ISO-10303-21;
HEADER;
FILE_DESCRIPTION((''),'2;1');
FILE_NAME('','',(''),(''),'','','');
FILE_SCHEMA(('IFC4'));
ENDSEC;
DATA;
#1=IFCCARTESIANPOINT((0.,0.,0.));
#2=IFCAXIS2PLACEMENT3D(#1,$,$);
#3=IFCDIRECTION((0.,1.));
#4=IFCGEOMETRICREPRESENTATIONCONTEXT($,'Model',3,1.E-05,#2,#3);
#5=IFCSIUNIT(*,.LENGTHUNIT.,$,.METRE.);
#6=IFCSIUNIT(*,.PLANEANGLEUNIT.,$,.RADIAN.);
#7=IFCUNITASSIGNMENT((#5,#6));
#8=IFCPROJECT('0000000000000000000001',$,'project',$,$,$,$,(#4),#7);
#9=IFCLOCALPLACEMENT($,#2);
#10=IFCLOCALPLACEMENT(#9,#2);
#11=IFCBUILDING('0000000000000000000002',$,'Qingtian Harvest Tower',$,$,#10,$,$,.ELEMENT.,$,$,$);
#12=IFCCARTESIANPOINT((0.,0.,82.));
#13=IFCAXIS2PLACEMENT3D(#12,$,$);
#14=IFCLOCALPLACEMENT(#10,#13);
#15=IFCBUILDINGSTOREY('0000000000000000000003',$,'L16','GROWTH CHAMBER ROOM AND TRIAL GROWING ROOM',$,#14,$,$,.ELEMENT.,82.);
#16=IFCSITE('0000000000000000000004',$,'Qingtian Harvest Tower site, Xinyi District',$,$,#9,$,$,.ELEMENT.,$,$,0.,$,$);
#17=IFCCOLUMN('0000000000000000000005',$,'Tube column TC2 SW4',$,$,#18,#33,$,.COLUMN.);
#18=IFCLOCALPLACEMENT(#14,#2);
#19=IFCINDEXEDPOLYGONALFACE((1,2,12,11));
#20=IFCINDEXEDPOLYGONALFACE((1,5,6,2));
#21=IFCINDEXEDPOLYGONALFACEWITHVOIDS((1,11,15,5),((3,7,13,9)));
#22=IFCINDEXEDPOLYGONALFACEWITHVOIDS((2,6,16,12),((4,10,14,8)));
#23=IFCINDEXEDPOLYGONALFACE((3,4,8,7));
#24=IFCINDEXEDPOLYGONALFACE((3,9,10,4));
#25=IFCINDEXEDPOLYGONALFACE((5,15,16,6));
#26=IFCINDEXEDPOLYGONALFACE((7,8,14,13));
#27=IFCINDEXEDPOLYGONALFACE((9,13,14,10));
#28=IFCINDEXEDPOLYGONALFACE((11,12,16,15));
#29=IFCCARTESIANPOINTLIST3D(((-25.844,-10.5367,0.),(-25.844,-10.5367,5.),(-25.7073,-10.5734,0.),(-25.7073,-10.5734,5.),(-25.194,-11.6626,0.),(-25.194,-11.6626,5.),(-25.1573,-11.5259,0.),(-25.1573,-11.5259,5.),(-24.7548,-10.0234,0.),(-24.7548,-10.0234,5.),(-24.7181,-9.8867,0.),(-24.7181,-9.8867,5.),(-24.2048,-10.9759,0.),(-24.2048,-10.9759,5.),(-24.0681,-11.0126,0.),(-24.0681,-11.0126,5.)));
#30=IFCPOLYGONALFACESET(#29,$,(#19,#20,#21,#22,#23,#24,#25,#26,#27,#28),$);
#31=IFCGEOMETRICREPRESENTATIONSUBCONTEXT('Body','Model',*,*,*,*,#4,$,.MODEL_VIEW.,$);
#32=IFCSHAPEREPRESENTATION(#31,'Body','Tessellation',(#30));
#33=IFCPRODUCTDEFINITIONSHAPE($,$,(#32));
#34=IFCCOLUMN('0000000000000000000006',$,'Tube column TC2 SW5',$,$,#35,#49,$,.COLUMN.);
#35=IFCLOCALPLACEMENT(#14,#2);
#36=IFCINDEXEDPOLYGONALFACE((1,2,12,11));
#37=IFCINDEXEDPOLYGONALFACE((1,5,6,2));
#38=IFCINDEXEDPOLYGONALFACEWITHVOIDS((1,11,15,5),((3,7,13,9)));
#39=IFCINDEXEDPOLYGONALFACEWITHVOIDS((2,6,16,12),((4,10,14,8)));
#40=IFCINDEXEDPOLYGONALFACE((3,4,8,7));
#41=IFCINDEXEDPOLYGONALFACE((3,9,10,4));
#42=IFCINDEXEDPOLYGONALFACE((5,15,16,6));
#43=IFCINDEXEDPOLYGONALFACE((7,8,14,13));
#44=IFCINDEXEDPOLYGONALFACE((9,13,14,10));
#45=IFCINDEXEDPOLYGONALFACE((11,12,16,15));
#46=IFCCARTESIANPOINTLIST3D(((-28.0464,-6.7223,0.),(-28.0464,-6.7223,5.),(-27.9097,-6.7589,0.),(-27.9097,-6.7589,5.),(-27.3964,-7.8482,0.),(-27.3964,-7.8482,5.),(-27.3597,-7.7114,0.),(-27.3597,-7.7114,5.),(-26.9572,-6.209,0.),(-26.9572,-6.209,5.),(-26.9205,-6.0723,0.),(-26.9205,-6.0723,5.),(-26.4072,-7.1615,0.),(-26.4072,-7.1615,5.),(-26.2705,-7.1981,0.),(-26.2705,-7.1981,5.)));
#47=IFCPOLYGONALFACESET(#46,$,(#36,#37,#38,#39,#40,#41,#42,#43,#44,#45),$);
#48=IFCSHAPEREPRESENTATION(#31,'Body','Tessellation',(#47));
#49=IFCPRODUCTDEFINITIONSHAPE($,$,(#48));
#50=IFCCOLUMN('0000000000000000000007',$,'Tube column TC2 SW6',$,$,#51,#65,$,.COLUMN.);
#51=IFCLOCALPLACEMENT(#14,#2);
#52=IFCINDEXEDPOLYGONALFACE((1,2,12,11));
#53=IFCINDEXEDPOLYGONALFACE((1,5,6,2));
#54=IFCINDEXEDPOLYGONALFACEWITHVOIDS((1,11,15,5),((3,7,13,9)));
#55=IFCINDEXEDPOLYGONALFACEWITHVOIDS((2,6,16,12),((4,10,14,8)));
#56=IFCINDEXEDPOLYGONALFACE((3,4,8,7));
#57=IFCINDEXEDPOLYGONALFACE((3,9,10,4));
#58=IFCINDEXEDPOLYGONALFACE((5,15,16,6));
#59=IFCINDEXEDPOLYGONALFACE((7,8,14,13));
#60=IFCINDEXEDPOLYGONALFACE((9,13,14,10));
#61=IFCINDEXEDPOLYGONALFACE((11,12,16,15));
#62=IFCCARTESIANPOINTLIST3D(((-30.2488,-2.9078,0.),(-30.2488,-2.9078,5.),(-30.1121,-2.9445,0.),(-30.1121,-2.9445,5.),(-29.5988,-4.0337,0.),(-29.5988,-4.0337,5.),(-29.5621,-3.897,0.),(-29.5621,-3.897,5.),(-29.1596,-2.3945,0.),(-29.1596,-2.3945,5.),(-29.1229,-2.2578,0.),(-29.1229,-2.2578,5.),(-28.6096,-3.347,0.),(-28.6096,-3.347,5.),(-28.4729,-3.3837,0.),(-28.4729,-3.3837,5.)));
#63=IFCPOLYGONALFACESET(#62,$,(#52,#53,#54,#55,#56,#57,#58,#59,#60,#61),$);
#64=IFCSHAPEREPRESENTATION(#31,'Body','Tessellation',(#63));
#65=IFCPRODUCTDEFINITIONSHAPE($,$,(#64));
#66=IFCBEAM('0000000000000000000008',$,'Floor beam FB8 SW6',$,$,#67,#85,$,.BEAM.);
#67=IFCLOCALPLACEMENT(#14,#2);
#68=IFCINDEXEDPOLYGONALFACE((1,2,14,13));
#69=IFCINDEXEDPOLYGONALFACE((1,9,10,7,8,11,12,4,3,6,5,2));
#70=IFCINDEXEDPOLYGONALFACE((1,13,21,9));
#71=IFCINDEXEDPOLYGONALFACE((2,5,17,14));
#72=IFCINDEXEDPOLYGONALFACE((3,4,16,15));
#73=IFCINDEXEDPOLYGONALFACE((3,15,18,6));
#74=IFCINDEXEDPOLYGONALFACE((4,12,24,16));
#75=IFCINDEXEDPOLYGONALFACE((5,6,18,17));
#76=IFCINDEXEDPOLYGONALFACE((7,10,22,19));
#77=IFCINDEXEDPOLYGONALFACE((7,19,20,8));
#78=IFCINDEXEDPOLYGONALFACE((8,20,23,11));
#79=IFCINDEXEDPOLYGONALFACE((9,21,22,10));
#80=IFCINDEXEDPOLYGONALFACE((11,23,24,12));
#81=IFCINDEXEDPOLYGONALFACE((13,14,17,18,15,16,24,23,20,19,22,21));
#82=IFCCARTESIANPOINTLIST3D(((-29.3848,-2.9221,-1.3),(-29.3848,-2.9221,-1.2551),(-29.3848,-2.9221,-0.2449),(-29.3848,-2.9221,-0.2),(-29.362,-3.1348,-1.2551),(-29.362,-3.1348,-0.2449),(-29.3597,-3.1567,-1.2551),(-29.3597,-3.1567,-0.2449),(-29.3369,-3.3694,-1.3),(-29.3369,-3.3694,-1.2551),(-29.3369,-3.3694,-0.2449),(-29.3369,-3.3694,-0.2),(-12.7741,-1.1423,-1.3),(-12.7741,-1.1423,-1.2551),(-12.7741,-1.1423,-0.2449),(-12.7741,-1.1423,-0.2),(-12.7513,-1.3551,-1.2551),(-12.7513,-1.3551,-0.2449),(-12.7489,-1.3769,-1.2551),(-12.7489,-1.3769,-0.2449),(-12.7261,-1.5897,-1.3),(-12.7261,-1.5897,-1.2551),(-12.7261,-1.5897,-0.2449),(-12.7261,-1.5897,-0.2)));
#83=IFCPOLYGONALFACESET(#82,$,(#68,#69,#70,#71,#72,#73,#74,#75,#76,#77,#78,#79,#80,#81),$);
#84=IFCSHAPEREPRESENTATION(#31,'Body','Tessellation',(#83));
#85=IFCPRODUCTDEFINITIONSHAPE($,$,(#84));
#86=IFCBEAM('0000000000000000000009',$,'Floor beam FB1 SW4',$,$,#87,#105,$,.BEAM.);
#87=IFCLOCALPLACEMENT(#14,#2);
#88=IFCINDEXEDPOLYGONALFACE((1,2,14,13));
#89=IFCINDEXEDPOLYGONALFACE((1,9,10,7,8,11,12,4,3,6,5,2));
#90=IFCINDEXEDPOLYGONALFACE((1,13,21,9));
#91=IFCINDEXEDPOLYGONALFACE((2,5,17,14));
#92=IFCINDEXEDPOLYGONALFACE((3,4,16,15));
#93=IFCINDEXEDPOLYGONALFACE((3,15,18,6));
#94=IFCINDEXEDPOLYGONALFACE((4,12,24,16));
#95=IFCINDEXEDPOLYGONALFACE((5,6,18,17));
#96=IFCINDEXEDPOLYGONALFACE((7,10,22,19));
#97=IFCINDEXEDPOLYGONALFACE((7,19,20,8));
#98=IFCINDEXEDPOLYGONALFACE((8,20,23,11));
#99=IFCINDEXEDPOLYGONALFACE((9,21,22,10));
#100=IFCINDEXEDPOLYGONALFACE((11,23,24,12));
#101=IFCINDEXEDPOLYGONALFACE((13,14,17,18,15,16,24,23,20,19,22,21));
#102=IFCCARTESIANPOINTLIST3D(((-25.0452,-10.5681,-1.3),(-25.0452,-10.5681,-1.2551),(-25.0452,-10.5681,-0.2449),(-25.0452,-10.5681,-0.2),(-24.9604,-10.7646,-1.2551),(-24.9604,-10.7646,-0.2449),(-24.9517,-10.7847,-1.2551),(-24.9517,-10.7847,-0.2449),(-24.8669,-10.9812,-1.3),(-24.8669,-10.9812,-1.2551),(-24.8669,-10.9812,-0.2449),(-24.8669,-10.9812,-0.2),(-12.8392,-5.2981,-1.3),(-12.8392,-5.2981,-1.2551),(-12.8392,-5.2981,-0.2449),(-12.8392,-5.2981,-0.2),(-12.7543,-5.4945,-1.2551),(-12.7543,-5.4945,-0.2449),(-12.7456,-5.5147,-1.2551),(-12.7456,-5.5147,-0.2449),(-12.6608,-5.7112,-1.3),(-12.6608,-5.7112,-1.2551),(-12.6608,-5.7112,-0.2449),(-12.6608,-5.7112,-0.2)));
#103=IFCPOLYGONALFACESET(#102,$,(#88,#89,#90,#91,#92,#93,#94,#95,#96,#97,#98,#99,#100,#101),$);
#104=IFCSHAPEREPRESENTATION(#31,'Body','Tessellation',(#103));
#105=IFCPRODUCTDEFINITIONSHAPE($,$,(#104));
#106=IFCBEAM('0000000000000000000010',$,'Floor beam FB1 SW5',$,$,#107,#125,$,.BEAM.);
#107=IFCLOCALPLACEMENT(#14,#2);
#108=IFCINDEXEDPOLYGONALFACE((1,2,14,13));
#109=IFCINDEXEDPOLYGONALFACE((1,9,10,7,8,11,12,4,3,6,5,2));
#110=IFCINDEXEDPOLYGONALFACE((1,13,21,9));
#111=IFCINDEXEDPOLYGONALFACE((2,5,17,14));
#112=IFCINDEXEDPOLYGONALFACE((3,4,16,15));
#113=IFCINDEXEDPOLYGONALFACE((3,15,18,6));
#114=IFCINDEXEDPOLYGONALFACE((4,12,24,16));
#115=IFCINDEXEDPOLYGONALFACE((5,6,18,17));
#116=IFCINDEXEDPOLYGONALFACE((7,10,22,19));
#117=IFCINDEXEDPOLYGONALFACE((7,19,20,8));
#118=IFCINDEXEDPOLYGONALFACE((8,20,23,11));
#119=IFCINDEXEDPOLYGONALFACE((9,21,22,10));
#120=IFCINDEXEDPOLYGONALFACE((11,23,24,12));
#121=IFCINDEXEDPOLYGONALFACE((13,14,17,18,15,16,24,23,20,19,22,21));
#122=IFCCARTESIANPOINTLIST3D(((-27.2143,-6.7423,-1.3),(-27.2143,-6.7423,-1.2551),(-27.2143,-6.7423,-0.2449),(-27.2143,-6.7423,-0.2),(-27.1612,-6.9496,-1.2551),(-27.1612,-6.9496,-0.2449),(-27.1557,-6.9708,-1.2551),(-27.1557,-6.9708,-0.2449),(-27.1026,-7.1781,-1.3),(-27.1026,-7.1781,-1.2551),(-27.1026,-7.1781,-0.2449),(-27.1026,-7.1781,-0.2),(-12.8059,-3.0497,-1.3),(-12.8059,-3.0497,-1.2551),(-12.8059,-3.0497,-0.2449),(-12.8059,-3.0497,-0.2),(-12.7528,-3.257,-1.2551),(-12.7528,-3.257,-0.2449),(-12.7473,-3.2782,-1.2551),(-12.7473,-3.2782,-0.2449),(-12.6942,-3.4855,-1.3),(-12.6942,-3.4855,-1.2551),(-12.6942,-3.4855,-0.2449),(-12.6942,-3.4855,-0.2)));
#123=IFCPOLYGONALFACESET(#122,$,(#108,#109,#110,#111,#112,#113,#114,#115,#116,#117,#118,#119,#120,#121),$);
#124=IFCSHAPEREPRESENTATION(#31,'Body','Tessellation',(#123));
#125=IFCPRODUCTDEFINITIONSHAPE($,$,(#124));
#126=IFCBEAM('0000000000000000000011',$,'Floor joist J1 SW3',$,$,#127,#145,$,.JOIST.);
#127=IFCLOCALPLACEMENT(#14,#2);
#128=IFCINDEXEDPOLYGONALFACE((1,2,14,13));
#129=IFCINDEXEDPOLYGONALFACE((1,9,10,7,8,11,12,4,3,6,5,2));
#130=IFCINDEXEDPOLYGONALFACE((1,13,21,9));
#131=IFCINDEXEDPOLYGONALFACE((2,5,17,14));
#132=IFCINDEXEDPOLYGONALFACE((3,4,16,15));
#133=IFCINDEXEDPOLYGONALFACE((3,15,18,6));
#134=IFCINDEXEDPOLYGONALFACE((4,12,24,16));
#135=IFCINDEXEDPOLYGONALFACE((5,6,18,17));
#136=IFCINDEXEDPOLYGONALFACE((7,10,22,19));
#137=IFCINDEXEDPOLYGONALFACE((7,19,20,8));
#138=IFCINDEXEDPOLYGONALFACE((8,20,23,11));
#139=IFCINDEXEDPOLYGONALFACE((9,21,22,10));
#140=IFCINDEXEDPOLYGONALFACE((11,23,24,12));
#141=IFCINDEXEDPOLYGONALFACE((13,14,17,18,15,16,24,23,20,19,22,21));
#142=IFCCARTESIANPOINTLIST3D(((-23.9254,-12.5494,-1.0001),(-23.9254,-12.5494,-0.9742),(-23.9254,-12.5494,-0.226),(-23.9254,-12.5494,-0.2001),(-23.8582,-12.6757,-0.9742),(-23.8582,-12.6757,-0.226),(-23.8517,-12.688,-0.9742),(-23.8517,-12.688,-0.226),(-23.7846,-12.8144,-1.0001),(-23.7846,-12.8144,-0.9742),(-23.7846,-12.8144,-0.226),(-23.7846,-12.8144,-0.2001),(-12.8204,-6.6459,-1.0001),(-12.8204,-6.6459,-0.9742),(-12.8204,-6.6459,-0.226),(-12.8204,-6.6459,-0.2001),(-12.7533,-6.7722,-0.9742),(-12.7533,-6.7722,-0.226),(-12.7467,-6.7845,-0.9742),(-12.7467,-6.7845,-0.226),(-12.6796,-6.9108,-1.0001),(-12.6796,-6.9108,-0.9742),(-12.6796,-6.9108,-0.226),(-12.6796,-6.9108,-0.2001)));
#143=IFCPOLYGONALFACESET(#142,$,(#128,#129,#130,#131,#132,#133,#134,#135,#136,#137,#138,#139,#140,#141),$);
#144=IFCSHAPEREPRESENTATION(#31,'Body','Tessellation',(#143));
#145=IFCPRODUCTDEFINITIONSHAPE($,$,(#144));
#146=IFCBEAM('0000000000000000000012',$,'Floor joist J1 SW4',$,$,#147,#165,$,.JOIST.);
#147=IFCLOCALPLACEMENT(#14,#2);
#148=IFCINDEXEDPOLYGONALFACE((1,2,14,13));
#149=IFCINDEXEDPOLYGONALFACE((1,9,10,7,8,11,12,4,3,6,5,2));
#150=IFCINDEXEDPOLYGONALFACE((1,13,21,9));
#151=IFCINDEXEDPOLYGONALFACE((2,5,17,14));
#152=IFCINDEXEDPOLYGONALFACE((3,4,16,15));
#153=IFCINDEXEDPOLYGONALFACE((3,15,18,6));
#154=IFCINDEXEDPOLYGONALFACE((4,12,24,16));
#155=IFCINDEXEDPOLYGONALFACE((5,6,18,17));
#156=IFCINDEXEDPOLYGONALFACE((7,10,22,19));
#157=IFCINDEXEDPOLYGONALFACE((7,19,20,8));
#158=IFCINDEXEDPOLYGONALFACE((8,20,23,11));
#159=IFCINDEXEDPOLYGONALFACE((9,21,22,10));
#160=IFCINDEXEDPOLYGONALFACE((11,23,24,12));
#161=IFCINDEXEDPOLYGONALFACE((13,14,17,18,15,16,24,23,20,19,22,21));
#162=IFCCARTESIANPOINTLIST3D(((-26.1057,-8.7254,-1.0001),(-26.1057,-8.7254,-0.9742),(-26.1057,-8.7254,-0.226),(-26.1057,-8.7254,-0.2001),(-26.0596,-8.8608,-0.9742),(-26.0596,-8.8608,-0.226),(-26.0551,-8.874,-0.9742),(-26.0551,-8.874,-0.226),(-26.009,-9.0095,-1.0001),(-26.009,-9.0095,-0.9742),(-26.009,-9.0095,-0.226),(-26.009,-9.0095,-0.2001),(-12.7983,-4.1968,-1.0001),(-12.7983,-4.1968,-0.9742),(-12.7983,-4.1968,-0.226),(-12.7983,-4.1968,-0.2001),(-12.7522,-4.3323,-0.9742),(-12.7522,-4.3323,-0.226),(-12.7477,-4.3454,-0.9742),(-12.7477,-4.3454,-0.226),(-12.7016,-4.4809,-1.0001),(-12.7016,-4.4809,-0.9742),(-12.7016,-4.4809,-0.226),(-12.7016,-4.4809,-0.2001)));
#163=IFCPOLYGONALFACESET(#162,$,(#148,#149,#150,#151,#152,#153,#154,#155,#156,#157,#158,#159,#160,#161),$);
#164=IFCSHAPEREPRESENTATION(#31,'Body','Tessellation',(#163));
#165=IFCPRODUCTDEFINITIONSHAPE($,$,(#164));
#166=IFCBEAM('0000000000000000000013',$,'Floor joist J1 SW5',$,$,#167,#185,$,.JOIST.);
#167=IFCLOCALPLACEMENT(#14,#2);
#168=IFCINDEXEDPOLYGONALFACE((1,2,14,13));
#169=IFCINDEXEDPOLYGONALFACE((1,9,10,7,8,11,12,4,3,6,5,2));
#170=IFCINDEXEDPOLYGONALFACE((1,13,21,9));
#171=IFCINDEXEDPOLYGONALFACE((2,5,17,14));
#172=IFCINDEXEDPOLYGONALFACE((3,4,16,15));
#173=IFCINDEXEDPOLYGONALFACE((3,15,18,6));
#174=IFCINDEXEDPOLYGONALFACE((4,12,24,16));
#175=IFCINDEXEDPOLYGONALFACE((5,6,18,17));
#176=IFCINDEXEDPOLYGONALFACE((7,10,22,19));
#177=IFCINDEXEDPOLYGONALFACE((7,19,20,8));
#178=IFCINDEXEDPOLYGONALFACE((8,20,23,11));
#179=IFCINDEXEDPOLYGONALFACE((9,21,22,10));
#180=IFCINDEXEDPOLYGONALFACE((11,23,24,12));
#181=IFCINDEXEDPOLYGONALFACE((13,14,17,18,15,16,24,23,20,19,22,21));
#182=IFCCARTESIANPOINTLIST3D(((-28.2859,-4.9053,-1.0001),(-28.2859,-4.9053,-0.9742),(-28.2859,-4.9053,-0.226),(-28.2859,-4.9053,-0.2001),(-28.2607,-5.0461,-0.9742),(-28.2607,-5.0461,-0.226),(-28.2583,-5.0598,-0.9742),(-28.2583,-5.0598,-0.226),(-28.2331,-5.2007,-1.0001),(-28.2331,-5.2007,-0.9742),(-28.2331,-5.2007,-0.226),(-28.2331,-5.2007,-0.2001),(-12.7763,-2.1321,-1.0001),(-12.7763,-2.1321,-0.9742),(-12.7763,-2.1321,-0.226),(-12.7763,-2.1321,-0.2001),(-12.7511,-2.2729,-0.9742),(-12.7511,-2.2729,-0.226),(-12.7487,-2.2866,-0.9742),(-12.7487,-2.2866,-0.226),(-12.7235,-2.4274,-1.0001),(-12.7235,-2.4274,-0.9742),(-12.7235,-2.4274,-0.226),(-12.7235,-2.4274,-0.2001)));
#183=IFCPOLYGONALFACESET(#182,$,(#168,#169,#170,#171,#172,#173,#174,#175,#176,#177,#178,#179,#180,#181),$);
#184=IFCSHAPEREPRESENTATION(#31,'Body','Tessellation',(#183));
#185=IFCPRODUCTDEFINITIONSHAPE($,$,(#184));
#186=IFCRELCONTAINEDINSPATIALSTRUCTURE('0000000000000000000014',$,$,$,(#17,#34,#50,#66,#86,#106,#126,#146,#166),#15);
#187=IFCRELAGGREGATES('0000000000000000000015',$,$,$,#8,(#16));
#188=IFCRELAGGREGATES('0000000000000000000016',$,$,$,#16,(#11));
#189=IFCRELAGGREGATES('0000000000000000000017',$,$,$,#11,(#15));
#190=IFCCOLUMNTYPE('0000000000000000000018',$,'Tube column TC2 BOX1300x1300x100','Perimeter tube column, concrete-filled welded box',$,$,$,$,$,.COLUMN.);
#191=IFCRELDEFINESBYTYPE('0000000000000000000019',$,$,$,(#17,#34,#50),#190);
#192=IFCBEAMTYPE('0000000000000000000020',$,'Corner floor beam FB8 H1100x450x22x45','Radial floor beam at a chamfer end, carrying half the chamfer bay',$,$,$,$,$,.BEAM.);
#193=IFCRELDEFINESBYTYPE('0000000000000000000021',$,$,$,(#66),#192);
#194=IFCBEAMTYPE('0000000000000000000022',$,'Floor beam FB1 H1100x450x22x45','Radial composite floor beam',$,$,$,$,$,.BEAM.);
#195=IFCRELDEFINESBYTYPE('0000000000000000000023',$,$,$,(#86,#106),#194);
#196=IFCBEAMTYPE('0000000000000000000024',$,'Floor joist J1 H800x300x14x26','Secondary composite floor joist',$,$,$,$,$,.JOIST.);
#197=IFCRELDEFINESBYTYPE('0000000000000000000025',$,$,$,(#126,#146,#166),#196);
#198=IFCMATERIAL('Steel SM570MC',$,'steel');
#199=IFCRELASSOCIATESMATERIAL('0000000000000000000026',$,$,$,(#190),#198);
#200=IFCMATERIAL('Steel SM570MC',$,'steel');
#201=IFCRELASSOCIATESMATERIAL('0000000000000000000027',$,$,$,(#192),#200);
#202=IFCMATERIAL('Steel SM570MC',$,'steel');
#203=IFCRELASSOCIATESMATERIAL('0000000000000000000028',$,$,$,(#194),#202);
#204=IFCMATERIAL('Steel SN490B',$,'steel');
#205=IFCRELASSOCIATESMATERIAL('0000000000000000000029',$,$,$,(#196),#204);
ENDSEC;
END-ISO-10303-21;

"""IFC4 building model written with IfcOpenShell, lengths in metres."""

from ifc_helpers import new_model, si_unit, direction, frame, origin, origin_2d, place, context, subcontext, project, spatial, hollow_rectangle, i_section, extrude, material, material_profile, profile_set, type_object, element, save


model = new_model("IFC4")

# Units and contexts
model_context = context("Model", 3, precision=1e-05, world=origin(), true_north=direction((0.0, 1.0)))
body_context = subcontext(model_context, "Body", "Model", "MODEL_VIEW")
ifc_project = project(units=[si_unit("LENGTHUNIT", "METRE"), si_unit("PLANEANGLEUNIT", "RADIAN")], contexts=[model_context])

# Site, building, storey
site_placement = place(None, origin())
site = spatial("IfcSite", under=ifc_project, at=site_placement, Name="Qingtian Harvest Tower site, Xinyi District", CompositionType="ELEMENT", RefElevation=0.0)
building_placement = place(site_placement, origin())
building = spatial("IfcBuilding", under=site, at=building_placement, Name="Qingtian Harvest Tower", CompositionType="ELEMENT")
storey_placement = place(building_placement, frame((0.0, 0.0, 82.0)))
storey = spatial("IfcBuildingStorey", under=building, at=storey_placement, Name="L16", Description="GROWTH CHAMBER ROOM AND TRIAL GROWING ROOM", CompositionType="ELEMENT", Elevation=82.0)

# Columns
ifc_material_1 = material(Name="Steel SM570MC", Category="steel")
ifc_material_profile_1 = material_profile(ifc_material_1, hollow_rectangle(XDim=1.3, YDim=1.3, WallThickness=0.1001, at=origin_2d()), Name="BOX1300x1300x100")
ifc_profile_set_1 = profile_set([ifc_material_profile_1], Name="Steel SM570MC")
column_type = type_object("IfcColumnType", Name="Tube column TC2 BOX1300x1300x100", Description="Perimeter tube column, concrete-filled welded box", PredefinedType="COLUMN", material=ifc_profile_set_1)
for number, where, z_axis, x_axis, name in (
    (1, (-24.9561, -10.7747, 0.0), (0.0, 0.0, 1.0), (0.5, -0.866025, 0.0), "Tube column TC2 SW4"),
    (2, (-27.1584, -6.9602, 0.0), (0.0, 0.0, 1.0), (0.5, -0.866025, 0.0), "Tube column TC2 SW5"),
    (3, (-29.3608, -3.1458, 0.0), (0.0, 0.0, 1.0), (0.5, -0.866025, 0.0), "Tube column TC2 SW6"),
):
    element("IfcColumn", number, at=place(storey_placement, frame(where, z_axis=z_axis, x_axis=x_axis)), inside=storey, type_object=column_type, Name=name, PredefinedType="COLUMN", context=body_context, shape_type="SweptSolid", body=[
        extrude(hollow_rectangle(XDim=1.3, YDim=1.3, WallThickness=0.1001, at=origin_2d()), origin(), (0.0, 0.0, 1.0), 5.0),
    ])

# Beams
ifc_material_2 = material(Name="Steel SM570MC", Category="steel")
ifc_material_profile_2 = material_profile(ifc_material_2, i_section(OverallWidth=0.45, OverallDepth=1.1001, WebThickness=0.022, FlangeThickness=0.0449, at=origin_2d()), Name="H1100x450x22x45")
ifc_profile_set_2 = profile_set([ifc_material_profile_2], Name="Steel SM570MC")
beam_type_1 = type_object("IfcBeamType", Name="Corner floor beam FB8 H1100x450x22x45", Description="Radial floor beam at a chamfer end, carrying half the chamfer bay", PredefinedType="BEAM", material=ifc_profile_set_2)
beam_1_placement = place(storey_placement, frame((-29.3608, -3.1458, -0.75), z_axis=(0.994309, 0.106536, 0.0), x_axis=(-0.106536, 0.994309, 0.0)))
element("IfcBeam", 4, at=beam_1_placement, inside=storey, type_object=beam_type_1, Name="Floor beam FB8 SW6", PredefinedType="BEAM", context=body_context, shape_type="SweptSolid", body=[
    extrude(i_section(OverallWidth=0.45, OverallDepth=1.1001, WebThickness=0.022, FlangeThickness=0.0449, at=origin_2d()), origin(), (0.0, 0.0, 1.0), 16.7058),
])
ifc_material_3 = material(Name="Steel SM570MC", Category="steel")
ifc_material_profile_3 = material_profile(ifc_material_3, i_section(OverallWidth=0.45, OverallDepth=1.1001, WebThickness=0.022, FlangeThickness=0.0449, at=origin_2d()), Name="H1100x450x22x45")
ifc_profile_set_3 = profile_set([ifc_material_profile_3], Name="Steel SM570MC")
beam_type_2 = type_object("IfcBeamType", Name="Floor beam FB1 H1100x450x22x45", Description="Radial composite floor beam", PredefinedType="BEAM", material=ifc_profile_set_3)
beam_2_placement = place(storey_placement, frame((-24.9561, -10.7747, -0.75), z_axis=(0.918084, 0.396387, 0.0), x_axis=(-0.396387, 0.918084, 0.0)))
element("IfcBeam", 5, at=beam_2_placement, inside=storey, type_object=beam_type_2, Name="Floor beam FB1 SW4", PredefinedType="BEAM", context=body_context, shape_type="SweptSolid", body=[
    extrude(i_section(OverallWidth=0.45, OverallDepth=1.1001, WebThickness=0.022, FlangeThickness=0.0449, at=origin_2d()), origin(), (0.0, 0.0, 1.0), 13.2952),
])
beam_3_placement = place(storey_placement, frame((-27.1584, -6.9602, -0.75), z_axis=(0.968694, 0.248259, 0.0), x_axis=(-0.248259, 0.968694, 0.0)))
element("IfcBeam", 6, at=beam_3_placement, inside=storey, type_object=beam_type_2, Name="Floor beam FB1 SW5", PredefinedType="BEAM", context=body_context, shape_type="SweptSolid", body=[
    extrude(i_section(OverallWidth=0.45, OverallDepth=1.1001, WebThickness=0.022, FlangeThickness=0.0449, at=origin_2d()), origin(), (0.0, 0.0, 1.0), 14.874),
])
ifc_material_4 = material(Name="Steel SN490B", Category="steel")
ifc_material_profile_4 = material_profile(ifc_material_4, i_section(OverallWidth=0.3, OverallDepth=0.8, WebThickness=0.0139, FlangeThickness=0.0259, at=origin_2d()), Name="H800x300x14x26")
ifc_profile_set_4 = profile_set([ifc_material_profile_4], Name="Steel SN490B")
beam_type_3 = type_object("IfcBeamType", Name="Floor joist J1 H800x300x14x26", Description="Secondary composite floor joist", PredefinedType="JOIST", material=ifc_profile_set_4)
beam_4_placement = place(storey_placement, frame((-23.855, -12.6819, -0.6001), z_axis=(0.882982, 0.469406, 0.0), x_axis=(-0.469406, 0.882982, 0.0)))
element("IfcBeam", 7, at=beam_4_placement, inside=storey, type_object=beam_type_3, Name="Floor joist J1 SW3", PredefinedType="JOIST", context=body_context, shape_type="SweptSolid", body=[
    extrude(i_section(OverallWidth=0.3, OverallDepth=0.8, WebThickness=0.0139, FlangeThickness=0.0259, at=origin_2d()), origin(), (0.0, 0.0, 1.0), 12.5767),
])
beam_5_placement = place(storey_placement, frame((-26.0574, -8.8674, -0.6001), z_axis=(0.946685, 0.322161, 0.0), x_axis=(-0.322161, 0.946685, 0.0)))
element("IfcBeam", 8, at=beam_5_placement, inside=storey, type_object=beam_type_3, Name="Floor joist J1 SW4", PredefinedType="JOIST", context=body_context, shape_type="SweptSolid", body=[
    extrude(i_section(OverallWidth=0.3, OverallDepth=0.8, WebThickness=0.0139, FlangeThickness=0.0259, at=origin_2d()), origin(), (0.0, 0.0, 1.0), 14.0569),
])
beam_6_placement = place(storey_placement, frame((-28.2595, -5.053, -0.6001), z_axis=(0.984388, 0.176014, 0.0), x_axis=(-0.176014, 0.984388, 0.0)))
element("IfcBeam", 9, at=beam_6_placement, inside=storey, type_object=beam_type_3, Name="Floor joist J1 SW5", PredefinedType="JOIST", context=body_context, shape_type="SweptSolid", body=[
    extrude(i_section(OverallWidth=0.3, OverallDepth=0.8, WebThickness=0.0139, FlangeThickness=0.0259, at=origin_2d()), origin(), (0.0, 0.0, 1.0), 15.7556),
])

save(model, "model.ifc")
